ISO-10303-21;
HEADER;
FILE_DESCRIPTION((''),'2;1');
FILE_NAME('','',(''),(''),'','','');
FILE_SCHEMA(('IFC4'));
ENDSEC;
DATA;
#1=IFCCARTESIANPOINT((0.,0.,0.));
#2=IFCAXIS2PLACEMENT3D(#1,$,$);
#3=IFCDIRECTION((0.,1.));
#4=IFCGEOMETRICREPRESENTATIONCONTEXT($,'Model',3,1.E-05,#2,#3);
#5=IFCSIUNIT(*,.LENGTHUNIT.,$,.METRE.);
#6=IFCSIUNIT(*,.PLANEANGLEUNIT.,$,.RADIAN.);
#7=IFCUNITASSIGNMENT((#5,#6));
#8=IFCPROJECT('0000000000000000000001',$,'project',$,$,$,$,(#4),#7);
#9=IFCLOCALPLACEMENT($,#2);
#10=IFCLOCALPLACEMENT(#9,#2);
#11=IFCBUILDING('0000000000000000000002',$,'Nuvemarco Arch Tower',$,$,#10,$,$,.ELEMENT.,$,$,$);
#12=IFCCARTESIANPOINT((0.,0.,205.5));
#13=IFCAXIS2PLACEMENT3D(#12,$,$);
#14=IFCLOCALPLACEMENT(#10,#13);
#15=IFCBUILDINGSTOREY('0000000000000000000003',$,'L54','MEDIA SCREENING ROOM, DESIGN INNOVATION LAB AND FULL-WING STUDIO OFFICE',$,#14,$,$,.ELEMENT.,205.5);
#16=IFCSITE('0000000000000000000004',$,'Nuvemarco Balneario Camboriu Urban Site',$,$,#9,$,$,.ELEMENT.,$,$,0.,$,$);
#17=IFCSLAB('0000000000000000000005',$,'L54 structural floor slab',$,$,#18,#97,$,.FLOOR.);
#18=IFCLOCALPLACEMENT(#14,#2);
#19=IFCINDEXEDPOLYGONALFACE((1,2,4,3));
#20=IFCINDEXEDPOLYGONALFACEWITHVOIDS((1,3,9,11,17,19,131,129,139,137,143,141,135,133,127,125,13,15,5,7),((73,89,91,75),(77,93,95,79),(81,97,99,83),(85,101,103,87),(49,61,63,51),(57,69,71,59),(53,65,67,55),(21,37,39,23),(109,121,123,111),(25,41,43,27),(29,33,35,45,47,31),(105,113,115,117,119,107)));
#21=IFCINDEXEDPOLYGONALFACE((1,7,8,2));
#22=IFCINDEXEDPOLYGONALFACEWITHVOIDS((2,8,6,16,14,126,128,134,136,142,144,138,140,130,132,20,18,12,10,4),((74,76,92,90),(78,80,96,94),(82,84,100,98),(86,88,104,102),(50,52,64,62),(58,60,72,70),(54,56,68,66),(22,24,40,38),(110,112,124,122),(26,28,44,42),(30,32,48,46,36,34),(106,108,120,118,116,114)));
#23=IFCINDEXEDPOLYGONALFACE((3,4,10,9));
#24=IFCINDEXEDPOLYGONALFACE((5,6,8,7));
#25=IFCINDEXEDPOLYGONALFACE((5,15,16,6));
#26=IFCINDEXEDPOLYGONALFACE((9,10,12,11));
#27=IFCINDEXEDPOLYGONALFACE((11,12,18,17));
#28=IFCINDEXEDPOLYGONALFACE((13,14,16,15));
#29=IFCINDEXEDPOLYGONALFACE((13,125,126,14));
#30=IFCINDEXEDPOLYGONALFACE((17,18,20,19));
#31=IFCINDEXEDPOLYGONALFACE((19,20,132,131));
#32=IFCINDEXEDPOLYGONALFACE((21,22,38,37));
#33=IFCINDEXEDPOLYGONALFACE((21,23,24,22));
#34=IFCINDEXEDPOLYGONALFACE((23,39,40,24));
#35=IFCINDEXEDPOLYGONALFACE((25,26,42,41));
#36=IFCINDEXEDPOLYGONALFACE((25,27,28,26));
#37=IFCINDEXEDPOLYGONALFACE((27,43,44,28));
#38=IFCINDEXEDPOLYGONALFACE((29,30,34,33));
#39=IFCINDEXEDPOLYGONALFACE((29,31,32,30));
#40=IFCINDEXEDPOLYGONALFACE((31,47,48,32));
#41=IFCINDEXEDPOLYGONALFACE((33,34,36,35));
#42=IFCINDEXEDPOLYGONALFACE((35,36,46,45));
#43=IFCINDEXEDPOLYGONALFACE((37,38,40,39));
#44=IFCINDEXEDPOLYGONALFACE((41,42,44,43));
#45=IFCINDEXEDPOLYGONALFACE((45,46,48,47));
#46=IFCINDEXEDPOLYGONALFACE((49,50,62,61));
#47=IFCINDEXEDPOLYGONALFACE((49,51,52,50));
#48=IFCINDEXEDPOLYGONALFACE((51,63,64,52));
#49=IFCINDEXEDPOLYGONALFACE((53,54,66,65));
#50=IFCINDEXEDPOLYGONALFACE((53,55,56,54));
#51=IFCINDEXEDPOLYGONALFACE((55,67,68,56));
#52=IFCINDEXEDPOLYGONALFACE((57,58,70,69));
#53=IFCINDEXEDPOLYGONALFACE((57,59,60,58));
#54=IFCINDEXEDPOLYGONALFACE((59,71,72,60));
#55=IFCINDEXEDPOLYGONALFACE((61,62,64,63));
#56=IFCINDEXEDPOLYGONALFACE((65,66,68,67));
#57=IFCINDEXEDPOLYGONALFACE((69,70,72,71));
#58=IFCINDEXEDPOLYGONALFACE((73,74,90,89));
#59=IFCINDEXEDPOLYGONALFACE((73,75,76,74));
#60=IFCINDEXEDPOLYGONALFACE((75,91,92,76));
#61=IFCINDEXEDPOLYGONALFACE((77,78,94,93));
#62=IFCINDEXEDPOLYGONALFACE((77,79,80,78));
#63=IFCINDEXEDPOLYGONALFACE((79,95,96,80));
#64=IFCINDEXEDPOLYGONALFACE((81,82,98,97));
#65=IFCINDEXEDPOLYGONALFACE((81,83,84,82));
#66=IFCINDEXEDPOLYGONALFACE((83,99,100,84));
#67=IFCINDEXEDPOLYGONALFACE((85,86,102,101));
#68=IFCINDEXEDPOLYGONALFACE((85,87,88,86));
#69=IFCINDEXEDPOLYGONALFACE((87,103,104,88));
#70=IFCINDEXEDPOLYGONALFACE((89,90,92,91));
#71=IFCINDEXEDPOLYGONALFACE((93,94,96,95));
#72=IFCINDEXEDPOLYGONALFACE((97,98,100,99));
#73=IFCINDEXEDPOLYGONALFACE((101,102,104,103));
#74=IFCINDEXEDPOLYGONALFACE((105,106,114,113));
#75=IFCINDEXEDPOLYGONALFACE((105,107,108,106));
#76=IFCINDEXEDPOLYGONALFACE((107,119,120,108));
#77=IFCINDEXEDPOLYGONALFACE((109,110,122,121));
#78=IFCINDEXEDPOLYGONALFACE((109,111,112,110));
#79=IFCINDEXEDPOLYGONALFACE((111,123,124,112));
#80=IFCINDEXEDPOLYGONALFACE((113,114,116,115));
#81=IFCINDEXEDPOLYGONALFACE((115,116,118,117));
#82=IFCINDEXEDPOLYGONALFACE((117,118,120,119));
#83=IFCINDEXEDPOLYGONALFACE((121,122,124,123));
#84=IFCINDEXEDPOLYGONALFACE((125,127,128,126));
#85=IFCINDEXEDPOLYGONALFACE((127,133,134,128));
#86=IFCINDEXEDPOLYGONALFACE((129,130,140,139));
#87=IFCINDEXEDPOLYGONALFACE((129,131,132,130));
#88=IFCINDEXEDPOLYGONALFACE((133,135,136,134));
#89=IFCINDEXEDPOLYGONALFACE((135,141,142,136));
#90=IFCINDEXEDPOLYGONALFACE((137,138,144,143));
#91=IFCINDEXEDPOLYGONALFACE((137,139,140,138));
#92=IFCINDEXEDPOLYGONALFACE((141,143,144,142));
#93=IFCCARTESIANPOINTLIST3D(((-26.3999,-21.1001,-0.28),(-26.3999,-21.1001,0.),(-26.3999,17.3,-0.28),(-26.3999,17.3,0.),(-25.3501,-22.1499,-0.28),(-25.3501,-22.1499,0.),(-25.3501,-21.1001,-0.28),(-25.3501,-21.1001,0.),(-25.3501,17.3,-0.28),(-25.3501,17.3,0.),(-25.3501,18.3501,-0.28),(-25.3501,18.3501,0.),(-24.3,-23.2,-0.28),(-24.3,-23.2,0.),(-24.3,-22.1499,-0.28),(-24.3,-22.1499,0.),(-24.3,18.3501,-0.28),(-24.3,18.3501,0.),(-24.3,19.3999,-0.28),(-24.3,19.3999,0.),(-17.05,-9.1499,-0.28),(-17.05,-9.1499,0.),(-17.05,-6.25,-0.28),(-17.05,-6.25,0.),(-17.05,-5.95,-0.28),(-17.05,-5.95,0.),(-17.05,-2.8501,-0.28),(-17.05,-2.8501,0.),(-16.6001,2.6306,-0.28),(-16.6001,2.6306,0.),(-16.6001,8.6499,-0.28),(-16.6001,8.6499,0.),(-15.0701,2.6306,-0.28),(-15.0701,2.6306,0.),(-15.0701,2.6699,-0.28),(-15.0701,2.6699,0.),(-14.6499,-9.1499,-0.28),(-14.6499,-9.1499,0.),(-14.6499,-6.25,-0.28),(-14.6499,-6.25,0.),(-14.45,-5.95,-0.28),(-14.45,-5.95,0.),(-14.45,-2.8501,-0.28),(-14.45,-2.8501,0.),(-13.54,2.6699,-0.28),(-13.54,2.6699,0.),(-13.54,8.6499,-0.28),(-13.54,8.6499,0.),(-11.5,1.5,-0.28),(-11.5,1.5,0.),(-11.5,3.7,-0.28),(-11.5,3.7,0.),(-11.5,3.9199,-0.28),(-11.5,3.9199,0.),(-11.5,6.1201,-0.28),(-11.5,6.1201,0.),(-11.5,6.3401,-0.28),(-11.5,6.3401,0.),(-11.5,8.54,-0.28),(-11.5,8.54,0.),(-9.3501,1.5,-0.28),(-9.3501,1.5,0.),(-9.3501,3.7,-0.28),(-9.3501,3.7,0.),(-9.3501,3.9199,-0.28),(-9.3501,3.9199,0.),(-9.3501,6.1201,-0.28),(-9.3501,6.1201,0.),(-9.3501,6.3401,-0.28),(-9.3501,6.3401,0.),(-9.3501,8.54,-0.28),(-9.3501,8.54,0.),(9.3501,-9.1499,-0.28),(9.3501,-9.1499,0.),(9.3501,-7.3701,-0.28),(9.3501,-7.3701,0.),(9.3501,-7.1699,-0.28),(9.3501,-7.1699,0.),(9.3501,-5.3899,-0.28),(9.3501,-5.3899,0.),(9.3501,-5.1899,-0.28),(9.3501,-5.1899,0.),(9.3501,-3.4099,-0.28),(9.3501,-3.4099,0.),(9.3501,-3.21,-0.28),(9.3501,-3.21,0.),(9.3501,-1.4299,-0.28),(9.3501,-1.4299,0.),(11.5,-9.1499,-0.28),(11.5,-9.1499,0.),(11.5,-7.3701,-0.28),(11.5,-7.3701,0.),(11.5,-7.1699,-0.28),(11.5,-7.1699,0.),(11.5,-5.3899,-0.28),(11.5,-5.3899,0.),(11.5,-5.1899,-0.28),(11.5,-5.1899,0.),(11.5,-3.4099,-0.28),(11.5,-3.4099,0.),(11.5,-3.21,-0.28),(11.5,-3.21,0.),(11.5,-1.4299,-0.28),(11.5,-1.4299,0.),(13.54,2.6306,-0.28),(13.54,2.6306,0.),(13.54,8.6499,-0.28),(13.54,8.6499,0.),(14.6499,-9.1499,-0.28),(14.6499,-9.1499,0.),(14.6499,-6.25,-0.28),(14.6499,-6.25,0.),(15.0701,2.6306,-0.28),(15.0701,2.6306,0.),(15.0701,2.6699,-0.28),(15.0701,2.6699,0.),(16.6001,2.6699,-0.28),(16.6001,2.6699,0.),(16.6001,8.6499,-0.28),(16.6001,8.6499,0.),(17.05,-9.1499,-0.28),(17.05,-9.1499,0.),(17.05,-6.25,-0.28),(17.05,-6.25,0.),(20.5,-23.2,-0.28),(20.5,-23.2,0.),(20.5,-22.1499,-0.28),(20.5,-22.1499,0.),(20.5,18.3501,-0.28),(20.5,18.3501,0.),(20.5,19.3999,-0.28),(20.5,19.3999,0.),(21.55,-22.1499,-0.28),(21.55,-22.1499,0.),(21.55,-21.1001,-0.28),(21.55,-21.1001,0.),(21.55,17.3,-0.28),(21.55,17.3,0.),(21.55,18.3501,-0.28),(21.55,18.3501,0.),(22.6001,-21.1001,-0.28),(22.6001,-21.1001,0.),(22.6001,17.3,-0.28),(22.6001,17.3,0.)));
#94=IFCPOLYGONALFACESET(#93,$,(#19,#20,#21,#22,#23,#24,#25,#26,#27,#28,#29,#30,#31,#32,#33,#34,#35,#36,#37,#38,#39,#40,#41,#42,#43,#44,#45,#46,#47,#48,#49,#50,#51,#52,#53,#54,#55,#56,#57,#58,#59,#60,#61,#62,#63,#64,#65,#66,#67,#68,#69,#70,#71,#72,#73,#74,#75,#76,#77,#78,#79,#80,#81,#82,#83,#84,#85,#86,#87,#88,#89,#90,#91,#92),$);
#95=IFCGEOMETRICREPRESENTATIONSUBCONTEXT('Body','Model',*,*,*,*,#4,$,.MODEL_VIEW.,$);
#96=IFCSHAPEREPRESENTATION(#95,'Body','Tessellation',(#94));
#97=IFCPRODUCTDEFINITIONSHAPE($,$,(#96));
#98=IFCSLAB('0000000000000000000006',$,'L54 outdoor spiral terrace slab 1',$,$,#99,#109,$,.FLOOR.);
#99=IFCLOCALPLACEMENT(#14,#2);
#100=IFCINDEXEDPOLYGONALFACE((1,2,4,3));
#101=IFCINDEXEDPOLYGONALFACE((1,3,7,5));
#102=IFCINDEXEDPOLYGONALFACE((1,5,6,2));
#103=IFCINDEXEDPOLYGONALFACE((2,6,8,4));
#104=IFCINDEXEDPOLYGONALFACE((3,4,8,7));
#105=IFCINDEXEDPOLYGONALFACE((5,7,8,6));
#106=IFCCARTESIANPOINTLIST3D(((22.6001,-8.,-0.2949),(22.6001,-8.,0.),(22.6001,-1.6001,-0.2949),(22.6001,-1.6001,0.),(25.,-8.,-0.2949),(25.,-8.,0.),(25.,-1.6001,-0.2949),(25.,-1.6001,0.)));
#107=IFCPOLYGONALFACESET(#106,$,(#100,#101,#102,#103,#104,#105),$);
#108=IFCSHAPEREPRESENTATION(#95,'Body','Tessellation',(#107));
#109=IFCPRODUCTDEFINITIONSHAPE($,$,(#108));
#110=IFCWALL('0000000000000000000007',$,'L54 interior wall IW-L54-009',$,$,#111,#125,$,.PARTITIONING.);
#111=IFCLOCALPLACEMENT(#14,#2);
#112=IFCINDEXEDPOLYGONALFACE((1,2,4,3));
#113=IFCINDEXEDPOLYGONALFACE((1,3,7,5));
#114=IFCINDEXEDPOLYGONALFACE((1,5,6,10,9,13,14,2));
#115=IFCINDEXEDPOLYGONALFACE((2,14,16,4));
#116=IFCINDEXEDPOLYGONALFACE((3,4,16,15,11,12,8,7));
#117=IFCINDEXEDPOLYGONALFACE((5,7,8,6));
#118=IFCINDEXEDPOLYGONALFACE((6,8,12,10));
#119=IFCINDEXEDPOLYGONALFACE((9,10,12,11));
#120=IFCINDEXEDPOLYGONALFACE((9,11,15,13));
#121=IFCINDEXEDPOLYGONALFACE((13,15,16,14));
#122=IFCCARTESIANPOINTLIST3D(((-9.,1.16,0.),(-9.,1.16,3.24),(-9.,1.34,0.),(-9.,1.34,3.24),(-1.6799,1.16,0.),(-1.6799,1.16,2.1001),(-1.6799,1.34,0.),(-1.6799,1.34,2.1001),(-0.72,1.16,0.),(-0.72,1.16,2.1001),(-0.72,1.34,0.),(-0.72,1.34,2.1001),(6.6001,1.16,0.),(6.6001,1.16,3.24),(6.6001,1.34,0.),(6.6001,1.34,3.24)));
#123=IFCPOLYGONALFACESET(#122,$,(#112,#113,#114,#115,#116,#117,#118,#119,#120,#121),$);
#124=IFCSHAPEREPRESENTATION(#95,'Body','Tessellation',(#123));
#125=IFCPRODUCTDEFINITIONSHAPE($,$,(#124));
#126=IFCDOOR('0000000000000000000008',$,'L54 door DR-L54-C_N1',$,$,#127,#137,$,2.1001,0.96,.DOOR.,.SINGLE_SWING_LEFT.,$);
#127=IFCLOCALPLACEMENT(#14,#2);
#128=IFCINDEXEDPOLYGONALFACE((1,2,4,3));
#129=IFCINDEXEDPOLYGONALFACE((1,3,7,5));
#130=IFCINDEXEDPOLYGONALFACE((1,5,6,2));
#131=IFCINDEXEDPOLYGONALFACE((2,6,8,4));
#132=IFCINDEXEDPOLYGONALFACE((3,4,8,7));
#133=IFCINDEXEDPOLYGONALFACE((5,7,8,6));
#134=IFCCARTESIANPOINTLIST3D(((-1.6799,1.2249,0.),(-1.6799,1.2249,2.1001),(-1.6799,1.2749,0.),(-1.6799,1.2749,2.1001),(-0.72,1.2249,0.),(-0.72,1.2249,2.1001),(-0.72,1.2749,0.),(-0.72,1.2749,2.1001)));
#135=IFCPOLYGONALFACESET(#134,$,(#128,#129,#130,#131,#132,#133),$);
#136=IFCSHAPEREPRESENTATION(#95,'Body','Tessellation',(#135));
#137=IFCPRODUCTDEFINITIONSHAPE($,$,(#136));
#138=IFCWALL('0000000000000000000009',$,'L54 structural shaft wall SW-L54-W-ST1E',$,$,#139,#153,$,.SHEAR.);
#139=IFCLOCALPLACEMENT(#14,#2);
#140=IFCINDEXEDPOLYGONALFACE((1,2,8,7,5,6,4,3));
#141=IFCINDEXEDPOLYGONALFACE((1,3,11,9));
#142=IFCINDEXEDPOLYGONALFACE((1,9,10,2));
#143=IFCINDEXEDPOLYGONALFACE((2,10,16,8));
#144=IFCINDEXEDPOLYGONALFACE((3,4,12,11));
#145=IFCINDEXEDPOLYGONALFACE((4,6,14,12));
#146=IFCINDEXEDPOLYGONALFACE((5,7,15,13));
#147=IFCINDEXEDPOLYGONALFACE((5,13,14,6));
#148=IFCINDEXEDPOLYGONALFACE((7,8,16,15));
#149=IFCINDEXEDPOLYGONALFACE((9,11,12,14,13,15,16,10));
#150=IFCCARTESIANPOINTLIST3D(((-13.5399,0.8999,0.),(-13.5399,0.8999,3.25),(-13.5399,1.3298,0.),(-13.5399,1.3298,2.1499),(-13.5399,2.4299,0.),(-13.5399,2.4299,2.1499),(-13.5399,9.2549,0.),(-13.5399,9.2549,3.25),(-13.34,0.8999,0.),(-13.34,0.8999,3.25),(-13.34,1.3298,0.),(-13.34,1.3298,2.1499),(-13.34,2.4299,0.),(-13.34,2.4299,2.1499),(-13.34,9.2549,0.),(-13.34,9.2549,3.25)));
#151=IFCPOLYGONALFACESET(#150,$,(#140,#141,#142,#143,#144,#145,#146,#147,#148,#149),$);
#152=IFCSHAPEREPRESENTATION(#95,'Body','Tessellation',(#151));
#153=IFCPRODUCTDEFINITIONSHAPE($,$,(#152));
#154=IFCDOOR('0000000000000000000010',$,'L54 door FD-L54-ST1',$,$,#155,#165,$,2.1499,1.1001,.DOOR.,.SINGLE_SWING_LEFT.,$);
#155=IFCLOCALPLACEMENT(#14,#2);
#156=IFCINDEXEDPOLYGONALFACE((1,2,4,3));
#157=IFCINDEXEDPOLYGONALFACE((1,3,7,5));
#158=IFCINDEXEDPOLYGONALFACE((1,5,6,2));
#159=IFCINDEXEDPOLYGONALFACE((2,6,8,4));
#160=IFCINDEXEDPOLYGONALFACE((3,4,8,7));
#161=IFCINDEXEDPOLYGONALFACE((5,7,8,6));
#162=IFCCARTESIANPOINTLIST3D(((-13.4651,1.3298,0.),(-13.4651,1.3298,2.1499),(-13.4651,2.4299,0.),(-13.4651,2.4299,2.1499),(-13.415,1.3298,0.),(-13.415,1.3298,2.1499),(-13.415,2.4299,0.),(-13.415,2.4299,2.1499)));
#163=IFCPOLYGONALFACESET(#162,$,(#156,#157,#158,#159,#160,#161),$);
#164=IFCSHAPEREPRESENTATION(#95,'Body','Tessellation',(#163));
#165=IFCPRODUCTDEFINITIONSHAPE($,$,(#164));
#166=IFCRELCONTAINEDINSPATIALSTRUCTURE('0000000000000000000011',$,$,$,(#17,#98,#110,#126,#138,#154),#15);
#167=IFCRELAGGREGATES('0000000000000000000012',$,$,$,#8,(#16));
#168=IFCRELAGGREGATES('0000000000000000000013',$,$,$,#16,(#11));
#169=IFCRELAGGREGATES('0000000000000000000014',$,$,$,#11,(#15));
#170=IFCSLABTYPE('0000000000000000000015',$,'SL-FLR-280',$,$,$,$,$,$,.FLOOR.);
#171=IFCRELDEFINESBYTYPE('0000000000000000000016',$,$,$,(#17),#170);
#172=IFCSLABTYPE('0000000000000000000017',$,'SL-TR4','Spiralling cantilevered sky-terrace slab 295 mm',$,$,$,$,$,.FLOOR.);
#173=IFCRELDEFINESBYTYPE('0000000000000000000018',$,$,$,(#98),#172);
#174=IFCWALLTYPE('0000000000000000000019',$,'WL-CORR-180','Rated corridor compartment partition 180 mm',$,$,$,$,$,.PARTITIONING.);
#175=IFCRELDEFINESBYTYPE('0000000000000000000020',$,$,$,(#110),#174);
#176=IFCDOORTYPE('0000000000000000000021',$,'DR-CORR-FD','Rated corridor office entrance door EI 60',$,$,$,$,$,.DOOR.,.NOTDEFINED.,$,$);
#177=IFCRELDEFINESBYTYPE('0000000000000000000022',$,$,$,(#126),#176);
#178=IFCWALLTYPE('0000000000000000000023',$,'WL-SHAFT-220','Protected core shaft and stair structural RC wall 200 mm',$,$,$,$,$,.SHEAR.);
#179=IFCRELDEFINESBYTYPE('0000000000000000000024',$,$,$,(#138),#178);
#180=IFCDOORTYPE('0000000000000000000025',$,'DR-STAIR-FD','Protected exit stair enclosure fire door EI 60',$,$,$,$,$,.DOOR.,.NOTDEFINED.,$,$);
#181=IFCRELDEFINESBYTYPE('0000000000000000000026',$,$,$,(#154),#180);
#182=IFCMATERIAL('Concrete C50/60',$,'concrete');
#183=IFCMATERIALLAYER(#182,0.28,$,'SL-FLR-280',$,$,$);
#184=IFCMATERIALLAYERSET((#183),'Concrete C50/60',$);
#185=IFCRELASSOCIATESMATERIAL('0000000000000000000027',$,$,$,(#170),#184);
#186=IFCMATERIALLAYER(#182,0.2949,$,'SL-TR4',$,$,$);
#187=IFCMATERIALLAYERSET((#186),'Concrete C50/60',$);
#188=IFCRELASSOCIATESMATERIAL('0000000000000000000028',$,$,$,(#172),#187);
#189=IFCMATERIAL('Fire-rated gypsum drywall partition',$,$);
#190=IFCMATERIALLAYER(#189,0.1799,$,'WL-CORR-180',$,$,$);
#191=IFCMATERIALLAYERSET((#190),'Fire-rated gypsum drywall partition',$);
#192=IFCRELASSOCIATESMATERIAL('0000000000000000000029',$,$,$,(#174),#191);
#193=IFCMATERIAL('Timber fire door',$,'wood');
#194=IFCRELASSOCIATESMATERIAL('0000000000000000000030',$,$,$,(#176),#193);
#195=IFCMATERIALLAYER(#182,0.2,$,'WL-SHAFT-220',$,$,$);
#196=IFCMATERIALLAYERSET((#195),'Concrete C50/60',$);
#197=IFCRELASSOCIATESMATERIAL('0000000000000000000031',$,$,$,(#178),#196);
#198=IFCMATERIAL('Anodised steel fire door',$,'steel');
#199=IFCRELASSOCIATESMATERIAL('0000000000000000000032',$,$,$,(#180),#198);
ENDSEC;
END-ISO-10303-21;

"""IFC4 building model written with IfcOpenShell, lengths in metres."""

from ifc_helpers import new_model, si_unit, direction, frame, frame_2d, origin, place, context, subcontext, project, spatial, polyline, rectangle, outline, extrude, source, transform, mapped, material, layer, layer_set, type_object, type_shapes, element, fill, save


model = new_model("IFC4")

# Units and contexts
model_context = context("Model", 3, precision=1e-05, world=origin(), true_north=direction((0.0, 1.0)))
body_context = subcontext(model_context, "Body", "Model", "MODEL_VIEW")
ifc_project = project(units=[si_unit("LENGTHUNIT", "METRE"), si_unit("PLANEANGLEUNIT", "RADIAN")], contexts=[model_context])

# Site, building, storey
site_placement = place(None, origin())
site = spatial("IfcSite", under=ifc_project, at=site_placement, Name="Nuvemarco Balneario Camboriu Urban Site", CompositionType="ELEMENT", RefElevation=0.0)
building_placement = place(site_placement, origin())
building = spatial("IfcBuilding", under=site, at=building_placement, Name="Nuvemarco Arch Tower", CompositionType="ELEMENT")
storey_placement = place(building_placement, frame((0.0, 0.0, 205.5)))
storey = spatial("IfcBuildingStorey", under=building, at=storey_placement, Name="L54", Description="MEDIA SCREENING ROOM, DESIGN INNOVATION LAB AND FULL-WING STUDIO OFFICE", CompositionType="ELEMENT", Elevation=205.5)

# Shared definitions
ifc_material_1 = material(Name="Concrete C50/60", Category="concrete")

# Slabs
ifc_layer_1 = layer(ifc_material_1, 0.28, Name="SL-FLR-280")
ifc_layer_set_1 = layer_set([ifc_layer_1], Name="Concrete C50/60")
slab_type_1 = type_object("IfcSlabType", Name="SL-FLR-280", PredefinedType="FLOOR", material=ifc_layer_set_1)
slab_1_placement = place(storey_placement, frame((0.0, 0.0, -0.28)))
element("IfcSlab", 1, at=slab_1_placement, inside=storey, type_object=slab_type_1, Name="L54 structural floor slab", PredefinedType="FLOOR", context=body_context, shape_type="SweptSolid", body=[
    extrude(outline(polyline([(-24.3, -23.2), (20.5, -23.2), (20.5, -22.1499), (21.55, -22.1499), (21.55, -21.1001), (22.6001, -21.1001), (22.6001, 17.3), (21.55, 17.3), (21.55, 18.3501), (20.5, 18.3501), (20.5, 19.3999), (-24.3, 19.3999), (-24.3, 18.3501), (-25.3501, 18.3501), (-25.3501, 17.3), (-26.3999, 17.3), (-26.3999, -21.1001), (-25.3501, -21.1001), (-25.3501, -22.1499), (-24.3, -22.1499), (-24.3, -23.2)]), holes=[polyline([(-13.54, 2.6699), (-13.54, 8.6499), (-16.6001, 8.6499), (-16.6001, 2.6306), (-15.0701, 2.6306), (-15.0701, 2.6699), (-13.54, 2.6699)]), polyline([(16.6001, 2.6699), (16.6001, 8.6499), (13.54, 8.6499), (13.54, 2.6306), (15.0701, 2.6306), (15.0701, 2.6699), (16.6001, 2.6699)]), polyline([(-17.05, -9.1499), (-14.6499, -9.1499), (-14.6499, -6.25), (-17.05, -6.25), (-17.05, -9.1499)]), polyline([(-17.05, -5.95), (-14.45, -5.95), (-14.45, -2.8501), (-17.05, -2.8501), (-17.05, -5.95)]), polyline([(-11.5, 1.5), (-9.3501, 1.5), (-9.3501, 3.7), (-11.5, 3.7), (-11.5, 1.5)]), polyline([(-11.5, 3.9199), (-9.3501, 3.9199), (-9.3501, 6.1201), (-11.5, 6.1201), (-11.5, 3.9199)]), polyline([(-11.5, 6.3401), (-9.3501, 6.3401), (-9.3501, 8.54), (-11.5, 8.54), (-11.5, 6.3401)]), polyline([(14.6499, -9.1499), (17.05, -9.1499), (17.05, -6.25), (14.6499, -6.25), (14.6499, -9.1499)]), polyline([(9.3501, -9.1499), (11.5, -9.1499), (11.5, -7.3701), (9.3501, -7.3701), (9.3501, -9.1499)]), polyline([(9.3501, -7.1699), (11.5, -7.1699), (11.5, -5.3899), (9.3501, -5.3899), (9.3501, -7.1699)]), polyline([(9.3501, -5.1899), (11.5, -5.1899), (11.5, -3.4099), (9.3501, -3.4099), (9.3501, -5.1899)]), polyline([(9.3501, -3.21), (11.5, -3.21), (11.5, -1.4299), (9.3501, -1.4299), (9.3501, -3.21)])]), origin(), (0.0, 0.0, 1.0), 0.28),
])
ifc_layer_2 = layer(ifc_material_1, 0.2949, Name="SL-TR4")
ifc_layer_set_2 = layer_set([ifc_layer_2], Name="Concrete C50/60")
slab_type_2 = type_object("IfcSlabType", Name="SL-TR4", Description="Spiralling cantilevered sky-terrace slab 295 mm", PredefinedType="FLOOR", material=ifc_layer_set_2)
slab_2_placement = place(storey_placement, frame((0.0, 0.0, -0.2949)))
element("IfcSlab", 2, at=slab_2_placement, inside=storey, type_object=slab_type_2, Name="L54 outdoor spiral terrace slab 1", PredefinedType="FLOOR", context=body_context, shape_type="SweptSolid", body=[
    extrude(outline(polyline([(22.6001, -8.0), (25.0, -8.0), (25.0, -1.6001), (22.6001, -1.6001), (22.6001, -8.0)])), origin(), (0.0, 0.0, 1.0), 0.2949),
])

# Walls, openings, doors
ifc_material_2 = material(Name="Fire-rated gypsum drywall partition")
ifc_layer_3 = layer(ifc_material_2, 0.1799, Name="WL-CORR-180")
ifc_layer_set_3 = layer_set([ifc_layer_3], Name="Fire-rated gypsum drywall partition")
wall_type_1 = type_object("IfcWallType", Name="WL-CORR-180", Description="Rated corridor compartment partition 180 mm", PredefinedType="PARTITIONING", material=ifc_layer_set_3)
wall_1_placement = place(storey_placement, frame((-9.0, 1.25, 0.0), z_axis=(0.0, 0.0, 1.0), x_axis=(1.0, 0.0, 0.0)))
wall_1 = element("IfcWall", 3, at=wall_1_placement, inside=storey, type_object=wall_type_1, Name="L54 interior wall IW-L54-009", PredefinedType="PARTITIONING", context=body_context, shape_type="SweptSolid", body=[
    extrude(rectangle(XDim=15.6001, YDim=0.1799, at=frame_2d((7.8, 0.0))), origin(), (0.0, 0.0, 1.0), 3.24),
])
opening_1_placement = place(wall_1_placement, frame((7.3201, 0.0, 0.0)))
opening_1 = element("IfcOpeningElement", 4, at=opening_1_placement, cuts=wall_1, PredefinedType="OPENING", context=body_context, shape_type="SweptSolid", body=[
    extrude(rectangle(XDim=0.96, YDim=2.1001, at=frame_2d((0.48, 1.05))), frame((0.0, 0.0999, 0.0), z_axis=(0.0, -1.0, 0.0), x_axis=(1.0, 0.0, 0.0)), (0.0, 0.0, 1.0), 0.2),
])
ifc_material_3 = material(Name="Timber fire door", Category="wood")
door_type_1 = type_object("IfcDoorType", Name="DR-CORR-FD", Description="Rated corridor office entrance door EI 60", OperationType="NOTDEFINED", PredefinedType="DOOR", material=ifc_material_3)
shared_shape_1 = source(origin(), body_context, "Body", "SweptSolid", [
    extrude(rectangle(XDim=0.96, YDim=2.1001, at=frame_2d((0.48, 1.05))), frame((0.0, 0.0249, 0.0), z_axis=(0.0, -1.0, 0.0), x_axis=(1.0, 0.0, 0.0)), (0.0, 0.0, 1.0), 0.05),
])
type_shapes(door_type_1, [shared_shape_1])
door_1_placement = place(opening_1_placement, origin())
door_1 = element("IfcDoor", 5, at=door_1_placement, inside=storey, type_object=door_type_1, Name="L54 door DR-L54-C_N1", OperationType="SINGLE_SWING_LEFT", OverallHeight=2.1001, OverallWidth=0.96, PredefinedType="DOOR", context=body_context, shape_type="MappedRepresentation", body=[
    mapped(shared_shape_1, transform((0.0, 0.0, 0.0), scale=1.0)),
])
fill(opening_1, door_1)
ifc_layer_4 = layer(ifc_material_1, 0.2, Name="WL-SHAFT-220")
ifc_layer_set_4 = layer_set([ifc_layer_4], Name="Concrete C50/60")
wall_type_2 = type_object("IfcWallType", Name="WL-SHAFT-220", Description="Protected core shaft and stair structural RC wall 200 mm", PredefinedType="SHEAR", material=ifc_layer_set_4)
wall_2_placement = place(storey_placement, frame((-13.4399, 0.8999, 0.0), z_axis=(0.0, 0.0, 1.0), x_axis=(0.0, 1.0, 0.0)))
wall_2 = element("IfcWall", 6, at=wall_2_placement, inside=storey, type_object=wall_type_2, Name="L54 structural shaft wall SW-L54-W-ST1E", PredefinedType="SHEAR", context=body_context, shape_type="SweptSolid", body=[
    extrude(rectangle(XDim=8.355, YDim=0.2, at=frame_2d((4.1775, 0.0))), origin(), (0.0, 0.0, 1.0), 3.25),
])
opening_2_placement = place(wall_2_placement, frame((1.53, 0.0, 0.0), z_axis=(0.0, 0.0, 1.0), x_axis=(-1.0, 0.0, 0.0)))
opening_2 = element("IfcOpeningElement", 7, at=opening_2_placement, cuts=wall_2, PredefinedType="OPENING", context=body_context, shape_type="SweptSolid", body=[
    extrude(rectangle(XDim=1.1001, YDim=2.1499, at=frame_2d((0.55, 1.075))), frame((0.0, 0.1099, 0.0), z_axis=(0.0, -1.0, 0.0), x_axis=(1.0, 0.0, 0.0)), (0.0, 0.0, 1.0), 0.22),
])
ifc_material_4 = material(Name="Anodised steel fire door", Category="steel")
door_type_2 = type_object("IfcDoorType", Name="DR-STAIR-FD", Description="Protected exit stair enclosure fire door EI 60", OperationType="NOTDEFINED", PredefinedType="DOOR", material=ifc_material_4)
shared_shape_2 = source(origin(), body_context, "Body", "SweptSolid", [
    extrude(rectangle(XDim=1.1001, YDim=2.1499, at=frame_2d((0.55, 1.075))), frame((0.0, 0.0249, 0.0), z_axis=(0.0, -1.0, 0.0), x_axis=(1.0, 0.0, 0.0)), (0.0, 0.0, 1.0), 0.05),
])
type_shapes(door_type_2, [shared_shape_2])
door_2_placement = place(opening_2_placement, origin())
door_2 = element("IfcDoor", 8, at=door_2_placement, inside=storey, type_object=door_type_2, Name="L54 door FD-L54-ST1", OperationType="SINGLE_SWING_LEFT", OverallHeight=2.1499, OverallWidth=1.1001, PredefinedType="DOOR", context=body_context, shape_type="MappedRepresentation", body=[
    mapped(shared_shape_2, transform((0.0, 0.0, 0.0), scale=1.0)),
])
fill(opening_2, door_2)

save(model, "model.ifc")
